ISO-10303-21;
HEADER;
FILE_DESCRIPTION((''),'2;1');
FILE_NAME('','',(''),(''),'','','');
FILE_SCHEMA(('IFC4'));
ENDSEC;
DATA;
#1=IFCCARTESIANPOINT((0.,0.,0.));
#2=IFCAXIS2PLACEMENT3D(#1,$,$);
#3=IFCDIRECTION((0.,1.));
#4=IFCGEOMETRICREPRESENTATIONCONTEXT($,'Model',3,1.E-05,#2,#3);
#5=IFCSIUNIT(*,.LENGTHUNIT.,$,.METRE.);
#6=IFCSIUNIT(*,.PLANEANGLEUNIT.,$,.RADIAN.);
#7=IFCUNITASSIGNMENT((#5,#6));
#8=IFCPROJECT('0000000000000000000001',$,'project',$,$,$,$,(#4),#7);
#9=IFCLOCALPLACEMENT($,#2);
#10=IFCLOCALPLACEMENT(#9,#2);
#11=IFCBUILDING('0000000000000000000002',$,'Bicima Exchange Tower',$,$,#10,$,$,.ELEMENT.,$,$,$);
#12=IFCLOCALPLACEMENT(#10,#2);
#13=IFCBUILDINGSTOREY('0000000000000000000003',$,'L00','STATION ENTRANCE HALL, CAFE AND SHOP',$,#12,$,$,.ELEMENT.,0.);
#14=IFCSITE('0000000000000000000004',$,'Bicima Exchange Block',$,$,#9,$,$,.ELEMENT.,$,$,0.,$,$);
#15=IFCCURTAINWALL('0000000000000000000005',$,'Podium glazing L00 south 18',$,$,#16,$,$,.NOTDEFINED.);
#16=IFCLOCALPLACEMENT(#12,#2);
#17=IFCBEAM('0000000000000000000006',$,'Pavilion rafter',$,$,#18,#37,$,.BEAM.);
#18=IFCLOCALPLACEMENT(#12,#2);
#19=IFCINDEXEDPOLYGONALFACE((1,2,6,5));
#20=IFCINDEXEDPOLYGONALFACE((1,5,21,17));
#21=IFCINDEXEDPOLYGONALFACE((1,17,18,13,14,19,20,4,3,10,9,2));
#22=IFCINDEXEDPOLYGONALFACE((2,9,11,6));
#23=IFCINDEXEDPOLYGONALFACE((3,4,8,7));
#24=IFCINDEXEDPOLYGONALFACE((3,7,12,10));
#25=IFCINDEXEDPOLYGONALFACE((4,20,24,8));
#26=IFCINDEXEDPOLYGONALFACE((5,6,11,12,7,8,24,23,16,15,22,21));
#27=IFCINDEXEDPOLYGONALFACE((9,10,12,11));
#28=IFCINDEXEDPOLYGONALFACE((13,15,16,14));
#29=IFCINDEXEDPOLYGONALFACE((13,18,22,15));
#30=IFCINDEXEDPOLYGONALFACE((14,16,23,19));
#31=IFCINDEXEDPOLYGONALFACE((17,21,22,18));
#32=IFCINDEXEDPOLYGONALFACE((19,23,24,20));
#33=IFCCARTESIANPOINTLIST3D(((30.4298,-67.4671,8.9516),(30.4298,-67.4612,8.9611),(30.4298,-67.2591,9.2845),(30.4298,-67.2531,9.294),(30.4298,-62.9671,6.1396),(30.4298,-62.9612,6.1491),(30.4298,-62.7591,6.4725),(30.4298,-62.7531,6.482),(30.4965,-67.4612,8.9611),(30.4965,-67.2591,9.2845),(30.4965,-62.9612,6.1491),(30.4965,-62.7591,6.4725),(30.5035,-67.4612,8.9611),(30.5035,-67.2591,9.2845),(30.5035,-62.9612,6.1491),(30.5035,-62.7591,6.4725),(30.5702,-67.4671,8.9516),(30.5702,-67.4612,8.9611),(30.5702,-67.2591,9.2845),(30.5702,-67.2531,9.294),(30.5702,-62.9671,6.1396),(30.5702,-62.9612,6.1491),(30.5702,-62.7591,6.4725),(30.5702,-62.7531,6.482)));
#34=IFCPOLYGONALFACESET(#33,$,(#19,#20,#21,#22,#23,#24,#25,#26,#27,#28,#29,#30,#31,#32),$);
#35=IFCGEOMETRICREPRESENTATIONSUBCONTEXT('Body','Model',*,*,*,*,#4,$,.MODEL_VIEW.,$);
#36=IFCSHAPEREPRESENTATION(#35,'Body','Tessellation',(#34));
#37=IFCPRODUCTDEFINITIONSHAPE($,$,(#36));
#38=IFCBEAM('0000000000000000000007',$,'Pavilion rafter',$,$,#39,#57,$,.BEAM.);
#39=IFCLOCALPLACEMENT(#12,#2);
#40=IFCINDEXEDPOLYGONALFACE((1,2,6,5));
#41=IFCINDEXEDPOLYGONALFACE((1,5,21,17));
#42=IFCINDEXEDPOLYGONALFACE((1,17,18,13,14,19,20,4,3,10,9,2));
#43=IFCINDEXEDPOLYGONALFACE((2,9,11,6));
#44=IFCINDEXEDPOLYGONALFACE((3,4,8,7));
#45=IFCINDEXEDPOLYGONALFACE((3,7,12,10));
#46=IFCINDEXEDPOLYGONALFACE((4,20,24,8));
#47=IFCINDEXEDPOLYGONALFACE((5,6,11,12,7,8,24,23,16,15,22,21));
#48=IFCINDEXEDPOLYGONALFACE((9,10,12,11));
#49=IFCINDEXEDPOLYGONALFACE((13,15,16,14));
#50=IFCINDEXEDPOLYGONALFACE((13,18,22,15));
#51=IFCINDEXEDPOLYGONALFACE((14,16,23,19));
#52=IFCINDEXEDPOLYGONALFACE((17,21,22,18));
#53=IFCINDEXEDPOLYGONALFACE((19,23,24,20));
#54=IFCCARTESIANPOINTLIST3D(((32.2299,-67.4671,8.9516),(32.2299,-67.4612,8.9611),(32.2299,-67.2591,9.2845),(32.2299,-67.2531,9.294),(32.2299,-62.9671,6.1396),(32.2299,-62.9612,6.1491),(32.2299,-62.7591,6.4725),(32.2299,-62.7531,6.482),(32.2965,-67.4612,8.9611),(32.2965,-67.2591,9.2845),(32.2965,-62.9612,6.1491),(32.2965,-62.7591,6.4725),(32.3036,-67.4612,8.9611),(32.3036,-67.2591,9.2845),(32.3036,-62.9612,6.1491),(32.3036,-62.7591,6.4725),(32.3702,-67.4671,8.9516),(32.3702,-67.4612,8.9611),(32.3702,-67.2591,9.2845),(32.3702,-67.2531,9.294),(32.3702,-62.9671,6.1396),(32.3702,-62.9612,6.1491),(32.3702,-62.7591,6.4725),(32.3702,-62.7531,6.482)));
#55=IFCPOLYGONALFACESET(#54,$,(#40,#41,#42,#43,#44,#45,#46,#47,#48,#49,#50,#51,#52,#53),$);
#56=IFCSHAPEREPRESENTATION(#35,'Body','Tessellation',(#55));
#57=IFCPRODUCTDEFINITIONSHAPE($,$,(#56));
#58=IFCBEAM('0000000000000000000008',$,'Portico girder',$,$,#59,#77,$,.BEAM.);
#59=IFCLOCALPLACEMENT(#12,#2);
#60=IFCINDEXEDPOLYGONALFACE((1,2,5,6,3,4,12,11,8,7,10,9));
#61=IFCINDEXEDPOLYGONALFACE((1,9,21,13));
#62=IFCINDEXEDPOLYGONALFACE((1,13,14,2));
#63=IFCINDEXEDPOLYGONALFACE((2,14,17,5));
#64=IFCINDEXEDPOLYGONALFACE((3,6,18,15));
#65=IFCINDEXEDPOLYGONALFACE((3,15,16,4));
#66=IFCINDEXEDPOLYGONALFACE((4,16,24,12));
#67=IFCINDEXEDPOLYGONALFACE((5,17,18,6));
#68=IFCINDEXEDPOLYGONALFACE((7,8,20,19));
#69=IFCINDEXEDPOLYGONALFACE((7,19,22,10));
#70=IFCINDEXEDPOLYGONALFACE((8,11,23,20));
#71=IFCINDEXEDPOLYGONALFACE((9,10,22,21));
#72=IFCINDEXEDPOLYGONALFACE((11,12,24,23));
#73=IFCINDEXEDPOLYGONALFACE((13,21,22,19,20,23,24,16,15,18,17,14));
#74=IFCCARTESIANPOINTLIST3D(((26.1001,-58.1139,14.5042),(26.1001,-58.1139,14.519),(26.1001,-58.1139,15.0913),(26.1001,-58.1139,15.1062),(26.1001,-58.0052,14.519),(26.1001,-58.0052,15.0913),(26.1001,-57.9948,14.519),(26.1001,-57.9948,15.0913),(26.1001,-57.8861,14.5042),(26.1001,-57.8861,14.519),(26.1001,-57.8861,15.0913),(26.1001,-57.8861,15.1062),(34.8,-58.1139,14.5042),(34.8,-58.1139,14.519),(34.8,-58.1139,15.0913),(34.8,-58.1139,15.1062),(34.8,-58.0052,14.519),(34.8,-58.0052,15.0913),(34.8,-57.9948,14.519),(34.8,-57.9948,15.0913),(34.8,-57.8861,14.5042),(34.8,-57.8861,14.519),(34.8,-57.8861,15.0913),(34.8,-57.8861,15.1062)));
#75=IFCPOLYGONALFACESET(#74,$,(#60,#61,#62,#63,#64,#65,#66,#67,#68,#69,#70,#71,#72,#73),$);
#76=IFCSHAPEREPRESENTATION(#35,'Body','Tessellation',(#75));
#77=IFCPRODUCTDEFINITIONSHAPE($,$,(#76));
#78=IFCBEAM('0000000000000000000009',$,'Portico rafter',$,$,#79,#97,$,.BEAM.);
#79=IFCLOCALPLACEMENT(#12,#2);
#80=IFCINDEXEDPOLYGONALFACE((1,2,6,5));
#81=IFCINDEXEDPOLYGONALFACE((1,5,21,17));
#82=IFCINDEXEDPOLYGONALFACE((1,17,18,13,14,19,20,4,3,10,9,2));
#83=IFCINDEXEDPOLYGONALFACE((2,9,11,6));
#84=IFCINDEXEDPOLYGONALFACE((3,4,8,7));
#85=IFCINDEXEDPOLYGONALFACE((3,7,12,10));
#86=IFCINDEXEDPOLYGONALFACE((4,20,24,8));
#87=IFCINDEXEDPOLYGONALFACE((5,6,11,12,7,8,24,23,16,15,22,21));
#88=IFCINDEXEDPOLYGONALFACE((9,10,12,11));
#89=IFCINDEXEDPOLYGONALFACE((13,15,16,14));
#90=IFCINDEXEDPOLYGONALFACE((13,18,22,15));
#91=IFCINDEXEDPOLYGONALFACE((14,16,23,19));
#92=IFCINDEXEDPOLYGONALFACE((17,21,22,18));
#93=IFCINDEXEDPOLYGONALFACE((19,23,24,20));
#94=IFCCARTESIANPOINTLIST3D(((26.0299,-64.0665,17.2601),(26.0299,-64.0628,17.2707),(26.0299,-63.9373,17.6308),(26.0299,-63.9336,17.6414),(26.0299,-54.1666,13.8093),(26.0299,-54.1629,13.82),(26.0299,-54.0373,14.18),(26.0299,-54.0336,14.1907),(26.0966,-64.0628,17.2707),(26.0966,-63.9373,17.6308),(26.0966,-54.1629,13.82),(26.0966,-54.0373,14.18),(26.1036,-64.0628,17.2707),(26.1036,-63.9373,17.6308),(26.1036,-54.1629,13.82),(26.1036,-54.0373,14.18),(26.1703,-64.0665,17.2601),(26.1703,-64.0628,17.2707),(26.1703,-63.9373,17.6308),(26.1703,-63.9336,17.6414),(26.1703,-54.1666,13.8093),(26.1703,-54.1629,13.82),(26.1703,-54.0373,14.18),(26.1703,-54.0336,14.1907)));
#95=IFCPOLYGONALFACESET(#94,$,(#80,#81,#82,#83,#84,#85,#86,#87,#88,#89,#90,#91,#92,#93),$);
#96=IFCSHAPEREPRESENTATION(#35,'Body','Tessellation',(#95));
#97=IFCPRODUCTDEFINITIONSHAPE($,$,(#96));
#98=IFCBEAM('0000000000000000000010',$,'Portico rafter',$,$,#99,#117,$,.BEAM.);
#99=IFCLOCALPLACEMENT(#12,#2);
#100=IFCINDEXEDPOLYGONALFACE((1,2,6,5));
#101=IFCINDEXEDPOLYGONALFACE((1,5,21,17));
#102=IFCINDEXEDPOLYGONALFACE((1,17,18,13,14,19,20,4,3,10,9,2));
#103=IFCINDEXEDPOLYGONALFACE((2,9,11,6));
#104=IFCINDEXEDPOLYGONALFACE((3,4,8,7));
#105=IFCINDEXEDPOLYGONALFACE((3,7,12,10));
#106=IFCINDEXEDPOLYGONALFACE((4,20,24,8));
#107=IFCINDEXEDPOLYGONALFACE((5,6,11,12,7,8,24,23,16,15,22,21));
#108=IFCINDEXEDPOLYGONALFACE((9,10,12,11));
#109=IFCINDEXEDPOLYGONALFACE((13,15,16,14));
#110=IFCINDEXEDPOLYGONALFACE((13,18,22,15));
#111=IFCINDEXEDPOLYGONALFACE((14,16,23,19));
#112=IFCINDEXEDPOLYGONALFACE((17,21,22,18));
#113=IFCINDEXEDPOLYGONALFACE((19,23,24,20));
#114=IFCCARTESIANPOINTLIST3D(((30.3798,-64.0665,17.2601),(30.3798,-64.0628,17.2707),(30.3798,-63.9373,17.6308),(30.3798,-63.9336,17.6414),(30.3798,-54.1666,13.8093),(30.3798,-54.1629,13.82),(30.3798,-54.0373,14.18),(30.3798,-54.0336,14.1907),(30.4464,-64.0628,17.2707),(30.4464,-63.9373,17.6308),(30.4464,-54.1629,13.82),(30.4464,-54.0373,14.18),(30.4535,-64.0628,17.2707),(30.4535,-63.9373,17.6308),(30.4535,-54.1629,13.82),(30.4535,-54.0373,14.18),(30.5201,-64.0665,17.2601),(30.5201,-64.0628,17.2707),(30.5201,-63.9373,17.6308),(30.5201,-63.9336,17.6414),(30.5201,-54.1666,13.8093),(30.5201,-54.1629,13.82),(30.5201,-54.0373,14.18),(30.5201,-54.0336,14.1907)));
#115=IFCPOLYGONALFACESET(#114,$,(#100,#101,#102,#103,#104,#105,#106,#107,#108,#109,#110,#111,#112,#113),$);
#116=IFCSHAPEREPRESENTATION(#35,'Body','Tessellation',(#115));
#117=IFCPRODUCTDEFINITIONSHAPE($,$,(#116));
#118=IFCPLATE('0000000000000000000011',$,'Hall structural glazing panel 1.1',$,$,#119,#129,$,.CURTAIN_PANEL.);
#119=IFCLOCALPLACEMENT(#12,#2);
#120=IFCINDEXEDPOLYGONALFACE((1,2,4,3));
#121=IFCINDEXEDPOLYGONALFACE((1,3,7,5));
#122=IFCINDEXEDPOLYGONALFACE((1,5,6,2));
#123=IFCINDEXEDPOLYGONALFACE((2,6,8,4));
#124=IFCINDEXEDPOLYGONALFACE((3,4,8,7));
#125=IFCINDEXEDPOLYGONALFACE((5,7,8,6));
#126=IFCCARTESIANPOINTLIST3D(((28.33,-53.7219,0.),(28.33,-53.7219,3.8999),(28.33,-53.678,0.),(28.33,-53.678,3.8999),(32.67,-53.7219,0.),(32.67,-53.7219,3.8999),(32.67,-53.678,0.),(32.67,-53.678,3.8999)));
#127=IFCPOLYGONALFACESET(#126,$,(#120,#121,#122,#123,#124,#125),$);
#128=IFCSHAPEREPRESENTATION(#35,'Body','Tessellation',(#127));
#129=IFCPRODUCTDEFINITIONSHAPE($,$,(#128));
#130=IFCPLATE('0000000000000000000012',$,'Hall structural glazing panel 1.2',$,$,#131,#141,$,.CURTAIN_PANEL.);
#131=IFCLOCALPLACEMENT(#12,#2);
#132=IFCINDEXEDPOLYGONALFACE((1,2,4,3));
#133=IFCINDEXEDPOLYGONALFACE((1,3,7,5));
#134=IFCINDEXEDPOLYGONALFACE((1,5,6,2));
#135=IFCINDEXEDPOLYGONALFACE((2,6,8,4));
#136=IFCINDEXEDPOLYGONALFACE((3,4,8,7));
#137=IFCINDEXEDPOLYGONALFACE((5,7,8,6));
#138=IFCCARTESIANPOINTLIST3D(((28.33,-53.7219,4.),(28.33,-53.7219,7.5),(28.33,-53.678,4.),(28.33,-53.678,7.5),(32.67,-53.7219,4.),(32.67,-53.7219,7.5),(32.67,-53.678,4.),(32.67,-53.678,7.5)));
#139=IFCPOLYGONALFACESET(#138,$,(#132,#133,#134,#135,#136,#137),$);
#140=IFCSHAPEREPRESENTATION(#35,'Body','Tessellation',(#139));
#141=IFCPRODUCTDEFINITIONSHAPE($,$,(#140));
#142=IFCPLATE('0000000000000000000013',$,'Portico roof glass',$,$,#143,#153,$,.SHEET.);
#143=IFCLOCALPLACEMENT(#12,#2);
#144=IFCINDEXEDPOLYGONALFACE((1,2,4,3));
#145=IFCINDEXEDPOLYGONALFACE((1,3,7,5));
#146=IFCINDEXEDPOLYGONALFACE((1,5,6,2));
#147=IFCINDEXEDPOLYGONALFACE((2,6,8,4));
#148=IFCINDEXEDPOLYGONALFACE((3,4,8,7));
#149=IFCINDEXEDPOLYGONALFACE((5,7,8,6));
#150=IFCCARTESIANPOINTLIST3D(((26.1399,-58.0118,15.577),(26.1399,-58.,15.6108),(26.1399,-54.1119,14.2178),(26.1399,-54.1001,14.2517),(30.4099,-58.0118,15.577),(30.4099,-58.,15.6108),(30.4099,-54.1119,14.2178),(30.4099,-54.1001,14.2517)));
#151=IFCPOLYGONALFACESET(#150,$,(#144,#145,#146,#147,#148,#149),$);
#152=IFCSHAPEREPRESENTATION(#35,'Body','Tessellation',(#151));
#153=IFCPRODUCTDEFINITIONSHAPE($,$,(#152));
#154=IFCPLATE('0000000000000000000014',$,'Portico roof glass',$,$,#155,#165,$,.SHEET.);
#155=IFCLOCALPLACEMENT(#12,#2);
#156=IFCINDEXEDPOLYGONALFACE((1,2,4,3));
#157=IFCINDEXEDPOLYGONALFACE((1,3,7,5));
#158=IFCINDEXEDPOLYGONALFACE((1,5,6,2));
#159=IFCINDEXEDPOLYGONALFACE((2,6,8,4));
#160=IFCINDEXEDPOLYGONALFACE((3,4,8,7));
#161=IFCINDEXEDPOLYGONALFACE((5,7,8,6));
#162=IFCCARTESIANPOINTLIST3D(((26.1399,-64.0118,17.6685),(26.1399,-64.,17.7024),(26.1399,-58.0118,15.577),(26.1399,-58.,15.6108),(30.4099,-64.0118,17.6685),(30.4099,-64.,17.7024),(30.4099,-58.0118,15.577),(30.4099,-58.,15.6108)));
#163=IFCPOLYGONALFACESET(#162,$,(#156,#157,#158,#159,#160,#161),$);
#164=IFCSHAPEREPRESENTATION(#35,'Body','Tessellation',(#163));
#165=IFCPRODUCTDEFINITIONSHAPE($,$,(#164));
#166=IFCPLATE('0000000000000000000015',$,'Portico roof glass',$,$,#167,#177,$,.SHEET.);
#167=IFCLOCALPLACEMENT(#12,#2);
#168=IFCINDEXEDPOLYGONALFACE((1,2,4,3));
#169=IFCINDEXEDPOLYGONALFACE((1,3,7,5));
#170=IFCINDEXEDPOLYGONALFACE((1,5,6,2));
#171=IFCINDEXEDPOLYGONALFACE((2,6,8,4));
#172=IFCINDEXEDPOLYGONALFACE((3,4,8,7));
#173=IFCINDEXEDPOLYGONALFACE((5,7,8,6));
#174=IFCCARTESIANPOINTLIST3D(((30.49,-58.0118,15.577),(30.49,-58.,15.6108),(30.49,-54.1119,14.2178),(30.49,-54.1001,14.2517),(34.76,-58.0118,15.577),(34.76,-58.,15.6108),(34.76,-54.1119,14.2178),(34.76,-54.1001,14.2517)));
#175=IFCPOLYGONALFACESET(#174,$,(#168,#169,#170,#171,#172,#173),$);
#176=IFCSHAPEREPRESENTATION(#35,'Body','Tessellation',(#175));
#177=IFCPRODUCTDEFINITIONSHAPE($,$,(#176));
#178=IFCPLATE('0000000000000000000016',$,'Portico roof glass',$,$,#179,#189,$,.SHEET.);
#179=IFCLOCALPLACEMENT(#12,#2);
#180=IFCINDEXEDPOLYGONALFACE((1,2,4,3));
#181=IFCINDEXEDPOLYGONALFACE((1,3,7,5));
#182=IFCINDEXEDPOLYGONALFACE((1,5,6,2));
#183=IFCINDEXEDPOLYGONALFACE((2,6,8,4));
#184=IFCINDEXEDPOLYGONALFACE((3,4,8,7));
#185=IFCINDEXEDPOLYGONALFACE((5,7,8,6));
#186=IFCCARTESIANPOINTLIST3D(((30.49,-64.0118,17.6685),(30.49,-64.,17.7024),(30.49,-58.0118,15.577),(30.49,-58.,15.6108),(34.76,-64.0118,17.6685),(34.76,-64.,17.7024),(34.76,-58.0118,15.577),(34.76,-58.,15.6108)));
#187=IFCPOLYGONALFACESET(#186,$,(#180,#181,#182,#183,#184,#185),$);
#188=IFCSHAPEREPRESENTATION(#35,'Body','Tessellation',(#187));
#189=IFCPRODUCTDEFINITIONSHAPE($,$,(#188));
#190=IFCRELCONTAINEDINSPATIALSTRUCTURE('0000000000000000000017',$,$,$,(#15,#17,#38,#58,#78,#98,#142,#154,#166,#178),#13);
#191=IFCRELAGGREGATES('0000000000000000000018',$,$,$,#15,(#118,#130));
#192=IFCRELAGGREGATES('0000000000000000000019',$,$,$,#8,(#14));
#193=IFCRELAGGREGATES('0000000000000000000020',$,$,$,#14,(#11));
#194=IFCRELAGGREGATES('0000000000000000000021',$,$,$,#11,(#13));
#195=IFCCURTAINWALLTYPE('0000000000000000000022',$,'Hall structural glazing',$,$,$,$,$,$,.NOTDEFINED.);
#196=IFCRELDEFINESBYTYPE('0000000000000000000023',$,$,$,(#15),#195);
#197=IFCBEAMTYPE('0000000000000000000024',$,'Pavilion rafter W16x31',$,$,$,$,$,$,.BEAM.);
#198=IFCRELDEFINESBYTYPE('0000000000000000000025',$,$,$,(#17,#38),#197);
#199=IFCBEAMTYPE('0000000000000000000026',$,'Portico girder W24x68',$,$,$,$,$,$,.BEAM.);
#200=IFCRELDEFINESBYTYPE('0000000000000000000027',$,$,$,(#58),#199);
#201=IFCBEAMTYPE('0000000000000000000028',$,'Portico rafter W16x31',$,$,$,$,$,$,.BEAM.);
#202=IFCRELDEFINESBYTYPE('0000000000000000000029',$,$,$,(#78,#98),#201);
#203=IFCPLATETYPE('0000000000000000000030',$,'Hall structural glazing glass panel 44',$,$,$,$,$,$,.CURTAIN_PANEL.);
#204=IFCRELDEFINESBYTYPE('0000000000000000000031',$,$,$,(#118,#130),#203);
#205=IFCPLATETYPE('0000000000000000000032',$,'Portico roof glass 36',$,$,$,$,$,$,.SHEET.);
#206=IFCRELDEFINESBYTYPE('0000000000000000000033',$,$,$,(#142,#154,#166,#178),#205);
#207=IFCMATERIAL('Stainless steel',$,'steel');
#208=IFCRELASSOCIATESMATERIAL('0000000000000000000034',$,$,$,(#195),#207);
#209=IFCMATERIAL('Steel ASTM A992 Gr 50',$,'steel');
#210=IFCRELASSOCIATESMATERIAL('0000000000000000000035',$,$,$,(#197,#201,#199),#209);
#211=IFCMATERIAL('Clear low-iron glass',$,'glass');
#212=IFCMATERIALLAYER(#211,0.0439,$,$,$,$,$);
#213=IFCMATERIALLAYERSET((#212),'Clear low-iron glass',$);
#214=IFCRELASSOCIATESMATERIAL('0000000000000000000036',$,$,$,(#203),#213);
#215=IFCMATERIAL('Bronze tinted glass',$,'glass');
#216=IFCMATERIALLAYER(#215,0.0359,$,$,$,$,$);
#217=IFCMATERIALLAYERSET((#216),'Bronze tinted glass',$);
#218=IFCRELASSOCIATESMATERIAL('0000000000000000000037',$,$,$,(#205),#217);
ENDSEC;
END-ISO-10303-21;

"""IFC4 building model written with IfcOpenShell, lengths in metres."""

from ifc_helpers import new_model, si_unit, direction, frame, origin, origin_2d, place, context, subcontext, project, spatial, polyline, rectangle, i_section, outline, extrude, material, layer, layer_set, material_profile, profile_set, type_object, element, aggregate, save


model = new_model("IFC4")

# Units and contexts
model_context = context("Model", 3, precision=1e-05, world=origin(), true_north=direction((0.0, 1.0)))
body_context = subcontext(model_context, "Body", "Model", "MODEL_VIEW")
ifc_project = project(units=[si_unit("LENGTHUNIT", "METRE"), si_unit("PLANEANGLEUNIT", "RADIAN")], contexts=[model_context])

# Site, building, storey
site_placement = place(None, origin())
site = spatial("IfcSite", under=ifc_project, at=site_placement, Name="Bicima Exchange Block", CompositionType="ELEMENT", RefElevation=0.0)
building_placement = place(site_placement, origin())
building = spatial("IfcBuilding", under=site, at=building_placement, Name="Bicima Exchange Tower", CompositionType="ELEMENT")
storey_placement = place(building_placement, origin())
storey = spatial("IfcBuildingStorey", under=building, at=storey_placement, Name="L00", Description="STATION ENTRANCE HALL, CAFE AND SHOP", CompositionType="ELEMENT", Elevation=0.0)

# Shared definitions
ifc_material_1 = material(Name="Stainless steel", Category="steel")
curtain_wall_type = type_object("IfcCurtainWallType", Name="Hall structural glazing", PredefinedType="NOTDEFINED", material=ifc_material_1)

# Curtain wall
curtain_wall_1_placement = place(storey_placement, origin())
curtain_wall_1 = element("IfcCurtainWall", 1, at=curtain_wall_1_placement, inside=storey, type_object=curtain_wall_type, Name="Podium glazing L00 south 18", PredefinedType="NOTDEFINED")

# Beams
ifc_material_2 = material(Name="Steel ASTM A992 Gr 50", Category="steel")
ifc_material_profile_1 = material_profile(ifc_material_2, i_section(OverallWidth=0.1404, OverallDepth=0.4038, WebThickness=0.0071, FlangeThickness=0.0112, at=origin_2d()))
ifc_profile_set_1 = profile_set([ifc_material_profile_1], Name="Steel ASTM A992 Gr 50")
beam_type_1 = type_object("IfcBeamType", Name="Pavilion rafter W16x31", PredefinedType="BEAM", material=ifc_profile_set_1)
for number, where, z_axis, x_axis, name in (
    (2, (30.5, -62.8601, 6.3108), (0.0, -0.84804, 0.529933), (1.0, 0.0, 0.0), "Pavilion rafter"),
    (3, (32.3, -62.8601, 6.3108), (0.0, -0.84804, 0.529933), (1.0, 0.0, 0.0), "Pavilion rafter"),
):
    element("IfcBeam", number, at=place(storey_placement, frame(where, z_axis=z_axis, x_axis=x_axis)), inside=storey, type_object=beam_type_1, Name=name, PredefinedType="BEAM", context=body_context, shape_type="SweptSolid", body=[
        extrude(i_section(OverallWidth=0.1404, OverallDepth=0.4038, WebThickness=0.0071, FlangeThickness=0.0112, at=origin_2d()), origin(), (0.0, 0.0, 1.0), 5.3064),
    ])
ifc_material_profile_2 = material_profile(ifc_material_2, i_section(OverallWidth=0.2278, OverallDepth=0.6021, WebThickness=0.0105, FlangeThickness=0.0149, at=origin_2d()))
ifc_profile_set_2 = profile_set([ifc_material_profile_2], Name="Steel ASTM A992 Gr 50")
beam_type_2 = type_object("IfcBeamType", Name="Portico girder W24x68", PredefinedType="BEAM", material=ifc_profile_set_2)
beam_placement = place(storey_placement, frame((26.1001, -58.0, 14.8052), z_axis=(1.0, 0.0, 0.0), x_axis=(0.0, 1.0, 0.0)))
element("IfcBeam", 4, at=beam_placement, inside=storey, type_object=beam_type_2, Name="Portico girder", PredefinedType="BEAM", context=body_context, shape_type="SweptSolid", body=[
    extrude(i_section(OverallWidth=0.2278, OverallDepth=0.6021, WebThickness=0.0105, FlangeThickness=0.0149, at=origin_2d()), origin(), (0.0, 0.0, 1.0), 8.7),
])
beam_type_3 = type_object("IfcBeamType", Name="Portico rafter W16x31", PredefinedType="BEAM", material=ifc_profile_set_1)
for number, where, z_axis, x_axis, name in (
    (5, (26.1001, -54.1001, 14.0), (0.0, -0.944282, 0.329137), (1.0, 0.0, 0.0), "Portico rafter"),
    (6, (30.45, -54.1001, 14.0), (0.0, -0.944282, 0.329137), (1.0, 0.0, 0.0), "Portico rafter"),
):
    element("IfcBeam", number, at=place(storey_placement, frame(where, z_axis=z_axis, x_axis=x_axis)), inside=storey, type_object=beam_type_3, Name=name, PredefinedType="BEAM", context=body_context, shape_type="SweptSolid", body=[
        extrude(i_section(OverallWidth=0.1404, OverallDepth=0.4038, WebThickness=0.0071, FlangeThickness=0.0112, at=origin_2d()), origin(), (0.0, 0.0, 1.0), 10.4841),
    ])

# Plates
ifc_material_3 = material(Name="Clear low-iron glass", Category="glass")
ifc_layer_1 = layer(ifc_material_3, 0.0439)
ifc_layer_set_1 = layer_set([ifc_layer_1], Name="Clear low-iron glass")
plate_type_1 = type_object("IfcPlateType", Name="Hall structural glazing glass panel 44", PredefinedType="CURTAIN_PANEL", material=ifc_layer_set_1)
plate_1_placement = place(storey_placement, frame((30.5, -53.7, 0.0), z_axis=(0.0, 0.0, 1.0), x_axis=(1.0, 0.0, 0.0)))
plate_1 = element("IfcPlate", 7, at=plate_1_placement, type_object=plate_type_1, Name="Hall structural glazing panel 1.1", PredefinedType="CURTAIN_PANEL", context=body_context, shape_type="SweptSolid", body=[
    extrude(rectangle(XDim=4.3401, YDim=0.0439, at=origin_2d()), origin(), (0.0, 0.0, 1.0), 3.8999),
])
plate_2_placement = place(storey_placement, frame((30.5, -53.7, 4.0), z_axis=(0.0, 0.0, 1.0), x_axis=(1.0, 0.0, 0.0)))
plate_2 = element("IfcPlate", 8, at=plate_2_placement, type_object=plate_type_1, Name="Hall structural glazing panel 1.2", PredefinedType="CURTAIN_PANEL", context=body_context, shape_type="SweptSolid", body=[
    extrude(rectangle(XDim=4.3401, YDim=0.0439, at=origin_2d()), origin(), (0.0, 0.0, 1.0), 3.5),
])
aggregate(curtain_wall_1, [plate_1, plate_2])

# Plates
ifc_material_4 = material(Name="Bronze tinted glass", Category="glass")
ifc_layer_2 = layer(ifc_material_4, 0.0359)
ifc_layer_set_2 = layer_set([ifc_layer_2], Name="Bronze tinted glass")
plate_type_2 = type_object("IfcPlateType", Name="Portico roof glass 36", PredefinedType="SHEET", material=ifc_layer_set_2)
plate_3_placement = place(storey_placement, frame((26.1399, -54.1001, 14.2517), z_axis=(0.0, 0.329091, 0.944298), x_axis=(1.0, 0.0, 0.0)))
element("IfcPlate", 9, at=plate_3_placement, inside=storey, type_object=plate_type_2, Name="Portico roof glass", PredefinedType="SHEET", context=body_context, shape_type="SweptSolid", body=[
    extrude(outline(polyline([(0.0, 0.0), (4.27, 0.0), (4.27, -4.1299), (0.0, -4.1299), (0.0, 0.0)])), origin(), (0.0, 0.0, -1.0), 0.0359),
])
plate_4_placement = place(storey_placement, frame((26.1399, -58.0, 15.6108), z_axis=(0.0, 0.329166, 0.944272), x_axis=(1.0, 0.0, 0.0)))
element("IfcPlate", 10, at=plate_4_placement, inside=storey, type_object=plate_type_2, Name="Portico roof glass", PredefinedType="SHEET", context=body_context, shape_type="SweptSolid", body=[
    extrude(outline(polyline([(0.0, 0.0), (4.27, 0.0), (4.27, -6.3541), (0.0, -6.3541), (0.0, 0.0)])), origin(), (0.0, 0.0, -1.0), 0.0359),
])
plate_5_placement = place(storey_placement, frame((30.49, -54.1001, 14.2517), z_axis=(0.0, 0.329091, 0.944298), x_axis=(1.0, 0.0, 0.0)))
element("IfcPlate", 11, at=plate_5_placement, inside=storey, type_object=plate_type_2, Name="Portico roof glass", PredefinedType="SHEET", context=body_context, shape_type="SweptSolid", body=[
    extrude(outline(polyline([(0.0, 0.0), (4.27, 0.0), (4.27, -4.1299), (0.0, -4.1299), (0.0, 0.0)])), origin(), (0.0, 0.0, -1.0), 0.0359),
])
plate_6_placement = place(storey_placement, frame((30.49, -58.0, 15.6108), z_axis=(0.0, 0.329166, 0.944272), x_axis=(1.0, 0.0, 0.0)))
element("IfcPlate", 12, at=plate_6_placement, inside=storey, type_object=plate_type_2, Name="Portico roof glass", PredefinedType="SHEET", context=body_context, shape_type="SweptSolid", body=[
    extrude(outline(polyline([(0.0, 0.0), (4.27, 0.0), (4.27, -6.3541), (0.0, -6.3541), (0.0, 0.0)])), origin(), (0.0, 0.0, -1.0), 0.0359),
])

save(model, "model.ifc")
